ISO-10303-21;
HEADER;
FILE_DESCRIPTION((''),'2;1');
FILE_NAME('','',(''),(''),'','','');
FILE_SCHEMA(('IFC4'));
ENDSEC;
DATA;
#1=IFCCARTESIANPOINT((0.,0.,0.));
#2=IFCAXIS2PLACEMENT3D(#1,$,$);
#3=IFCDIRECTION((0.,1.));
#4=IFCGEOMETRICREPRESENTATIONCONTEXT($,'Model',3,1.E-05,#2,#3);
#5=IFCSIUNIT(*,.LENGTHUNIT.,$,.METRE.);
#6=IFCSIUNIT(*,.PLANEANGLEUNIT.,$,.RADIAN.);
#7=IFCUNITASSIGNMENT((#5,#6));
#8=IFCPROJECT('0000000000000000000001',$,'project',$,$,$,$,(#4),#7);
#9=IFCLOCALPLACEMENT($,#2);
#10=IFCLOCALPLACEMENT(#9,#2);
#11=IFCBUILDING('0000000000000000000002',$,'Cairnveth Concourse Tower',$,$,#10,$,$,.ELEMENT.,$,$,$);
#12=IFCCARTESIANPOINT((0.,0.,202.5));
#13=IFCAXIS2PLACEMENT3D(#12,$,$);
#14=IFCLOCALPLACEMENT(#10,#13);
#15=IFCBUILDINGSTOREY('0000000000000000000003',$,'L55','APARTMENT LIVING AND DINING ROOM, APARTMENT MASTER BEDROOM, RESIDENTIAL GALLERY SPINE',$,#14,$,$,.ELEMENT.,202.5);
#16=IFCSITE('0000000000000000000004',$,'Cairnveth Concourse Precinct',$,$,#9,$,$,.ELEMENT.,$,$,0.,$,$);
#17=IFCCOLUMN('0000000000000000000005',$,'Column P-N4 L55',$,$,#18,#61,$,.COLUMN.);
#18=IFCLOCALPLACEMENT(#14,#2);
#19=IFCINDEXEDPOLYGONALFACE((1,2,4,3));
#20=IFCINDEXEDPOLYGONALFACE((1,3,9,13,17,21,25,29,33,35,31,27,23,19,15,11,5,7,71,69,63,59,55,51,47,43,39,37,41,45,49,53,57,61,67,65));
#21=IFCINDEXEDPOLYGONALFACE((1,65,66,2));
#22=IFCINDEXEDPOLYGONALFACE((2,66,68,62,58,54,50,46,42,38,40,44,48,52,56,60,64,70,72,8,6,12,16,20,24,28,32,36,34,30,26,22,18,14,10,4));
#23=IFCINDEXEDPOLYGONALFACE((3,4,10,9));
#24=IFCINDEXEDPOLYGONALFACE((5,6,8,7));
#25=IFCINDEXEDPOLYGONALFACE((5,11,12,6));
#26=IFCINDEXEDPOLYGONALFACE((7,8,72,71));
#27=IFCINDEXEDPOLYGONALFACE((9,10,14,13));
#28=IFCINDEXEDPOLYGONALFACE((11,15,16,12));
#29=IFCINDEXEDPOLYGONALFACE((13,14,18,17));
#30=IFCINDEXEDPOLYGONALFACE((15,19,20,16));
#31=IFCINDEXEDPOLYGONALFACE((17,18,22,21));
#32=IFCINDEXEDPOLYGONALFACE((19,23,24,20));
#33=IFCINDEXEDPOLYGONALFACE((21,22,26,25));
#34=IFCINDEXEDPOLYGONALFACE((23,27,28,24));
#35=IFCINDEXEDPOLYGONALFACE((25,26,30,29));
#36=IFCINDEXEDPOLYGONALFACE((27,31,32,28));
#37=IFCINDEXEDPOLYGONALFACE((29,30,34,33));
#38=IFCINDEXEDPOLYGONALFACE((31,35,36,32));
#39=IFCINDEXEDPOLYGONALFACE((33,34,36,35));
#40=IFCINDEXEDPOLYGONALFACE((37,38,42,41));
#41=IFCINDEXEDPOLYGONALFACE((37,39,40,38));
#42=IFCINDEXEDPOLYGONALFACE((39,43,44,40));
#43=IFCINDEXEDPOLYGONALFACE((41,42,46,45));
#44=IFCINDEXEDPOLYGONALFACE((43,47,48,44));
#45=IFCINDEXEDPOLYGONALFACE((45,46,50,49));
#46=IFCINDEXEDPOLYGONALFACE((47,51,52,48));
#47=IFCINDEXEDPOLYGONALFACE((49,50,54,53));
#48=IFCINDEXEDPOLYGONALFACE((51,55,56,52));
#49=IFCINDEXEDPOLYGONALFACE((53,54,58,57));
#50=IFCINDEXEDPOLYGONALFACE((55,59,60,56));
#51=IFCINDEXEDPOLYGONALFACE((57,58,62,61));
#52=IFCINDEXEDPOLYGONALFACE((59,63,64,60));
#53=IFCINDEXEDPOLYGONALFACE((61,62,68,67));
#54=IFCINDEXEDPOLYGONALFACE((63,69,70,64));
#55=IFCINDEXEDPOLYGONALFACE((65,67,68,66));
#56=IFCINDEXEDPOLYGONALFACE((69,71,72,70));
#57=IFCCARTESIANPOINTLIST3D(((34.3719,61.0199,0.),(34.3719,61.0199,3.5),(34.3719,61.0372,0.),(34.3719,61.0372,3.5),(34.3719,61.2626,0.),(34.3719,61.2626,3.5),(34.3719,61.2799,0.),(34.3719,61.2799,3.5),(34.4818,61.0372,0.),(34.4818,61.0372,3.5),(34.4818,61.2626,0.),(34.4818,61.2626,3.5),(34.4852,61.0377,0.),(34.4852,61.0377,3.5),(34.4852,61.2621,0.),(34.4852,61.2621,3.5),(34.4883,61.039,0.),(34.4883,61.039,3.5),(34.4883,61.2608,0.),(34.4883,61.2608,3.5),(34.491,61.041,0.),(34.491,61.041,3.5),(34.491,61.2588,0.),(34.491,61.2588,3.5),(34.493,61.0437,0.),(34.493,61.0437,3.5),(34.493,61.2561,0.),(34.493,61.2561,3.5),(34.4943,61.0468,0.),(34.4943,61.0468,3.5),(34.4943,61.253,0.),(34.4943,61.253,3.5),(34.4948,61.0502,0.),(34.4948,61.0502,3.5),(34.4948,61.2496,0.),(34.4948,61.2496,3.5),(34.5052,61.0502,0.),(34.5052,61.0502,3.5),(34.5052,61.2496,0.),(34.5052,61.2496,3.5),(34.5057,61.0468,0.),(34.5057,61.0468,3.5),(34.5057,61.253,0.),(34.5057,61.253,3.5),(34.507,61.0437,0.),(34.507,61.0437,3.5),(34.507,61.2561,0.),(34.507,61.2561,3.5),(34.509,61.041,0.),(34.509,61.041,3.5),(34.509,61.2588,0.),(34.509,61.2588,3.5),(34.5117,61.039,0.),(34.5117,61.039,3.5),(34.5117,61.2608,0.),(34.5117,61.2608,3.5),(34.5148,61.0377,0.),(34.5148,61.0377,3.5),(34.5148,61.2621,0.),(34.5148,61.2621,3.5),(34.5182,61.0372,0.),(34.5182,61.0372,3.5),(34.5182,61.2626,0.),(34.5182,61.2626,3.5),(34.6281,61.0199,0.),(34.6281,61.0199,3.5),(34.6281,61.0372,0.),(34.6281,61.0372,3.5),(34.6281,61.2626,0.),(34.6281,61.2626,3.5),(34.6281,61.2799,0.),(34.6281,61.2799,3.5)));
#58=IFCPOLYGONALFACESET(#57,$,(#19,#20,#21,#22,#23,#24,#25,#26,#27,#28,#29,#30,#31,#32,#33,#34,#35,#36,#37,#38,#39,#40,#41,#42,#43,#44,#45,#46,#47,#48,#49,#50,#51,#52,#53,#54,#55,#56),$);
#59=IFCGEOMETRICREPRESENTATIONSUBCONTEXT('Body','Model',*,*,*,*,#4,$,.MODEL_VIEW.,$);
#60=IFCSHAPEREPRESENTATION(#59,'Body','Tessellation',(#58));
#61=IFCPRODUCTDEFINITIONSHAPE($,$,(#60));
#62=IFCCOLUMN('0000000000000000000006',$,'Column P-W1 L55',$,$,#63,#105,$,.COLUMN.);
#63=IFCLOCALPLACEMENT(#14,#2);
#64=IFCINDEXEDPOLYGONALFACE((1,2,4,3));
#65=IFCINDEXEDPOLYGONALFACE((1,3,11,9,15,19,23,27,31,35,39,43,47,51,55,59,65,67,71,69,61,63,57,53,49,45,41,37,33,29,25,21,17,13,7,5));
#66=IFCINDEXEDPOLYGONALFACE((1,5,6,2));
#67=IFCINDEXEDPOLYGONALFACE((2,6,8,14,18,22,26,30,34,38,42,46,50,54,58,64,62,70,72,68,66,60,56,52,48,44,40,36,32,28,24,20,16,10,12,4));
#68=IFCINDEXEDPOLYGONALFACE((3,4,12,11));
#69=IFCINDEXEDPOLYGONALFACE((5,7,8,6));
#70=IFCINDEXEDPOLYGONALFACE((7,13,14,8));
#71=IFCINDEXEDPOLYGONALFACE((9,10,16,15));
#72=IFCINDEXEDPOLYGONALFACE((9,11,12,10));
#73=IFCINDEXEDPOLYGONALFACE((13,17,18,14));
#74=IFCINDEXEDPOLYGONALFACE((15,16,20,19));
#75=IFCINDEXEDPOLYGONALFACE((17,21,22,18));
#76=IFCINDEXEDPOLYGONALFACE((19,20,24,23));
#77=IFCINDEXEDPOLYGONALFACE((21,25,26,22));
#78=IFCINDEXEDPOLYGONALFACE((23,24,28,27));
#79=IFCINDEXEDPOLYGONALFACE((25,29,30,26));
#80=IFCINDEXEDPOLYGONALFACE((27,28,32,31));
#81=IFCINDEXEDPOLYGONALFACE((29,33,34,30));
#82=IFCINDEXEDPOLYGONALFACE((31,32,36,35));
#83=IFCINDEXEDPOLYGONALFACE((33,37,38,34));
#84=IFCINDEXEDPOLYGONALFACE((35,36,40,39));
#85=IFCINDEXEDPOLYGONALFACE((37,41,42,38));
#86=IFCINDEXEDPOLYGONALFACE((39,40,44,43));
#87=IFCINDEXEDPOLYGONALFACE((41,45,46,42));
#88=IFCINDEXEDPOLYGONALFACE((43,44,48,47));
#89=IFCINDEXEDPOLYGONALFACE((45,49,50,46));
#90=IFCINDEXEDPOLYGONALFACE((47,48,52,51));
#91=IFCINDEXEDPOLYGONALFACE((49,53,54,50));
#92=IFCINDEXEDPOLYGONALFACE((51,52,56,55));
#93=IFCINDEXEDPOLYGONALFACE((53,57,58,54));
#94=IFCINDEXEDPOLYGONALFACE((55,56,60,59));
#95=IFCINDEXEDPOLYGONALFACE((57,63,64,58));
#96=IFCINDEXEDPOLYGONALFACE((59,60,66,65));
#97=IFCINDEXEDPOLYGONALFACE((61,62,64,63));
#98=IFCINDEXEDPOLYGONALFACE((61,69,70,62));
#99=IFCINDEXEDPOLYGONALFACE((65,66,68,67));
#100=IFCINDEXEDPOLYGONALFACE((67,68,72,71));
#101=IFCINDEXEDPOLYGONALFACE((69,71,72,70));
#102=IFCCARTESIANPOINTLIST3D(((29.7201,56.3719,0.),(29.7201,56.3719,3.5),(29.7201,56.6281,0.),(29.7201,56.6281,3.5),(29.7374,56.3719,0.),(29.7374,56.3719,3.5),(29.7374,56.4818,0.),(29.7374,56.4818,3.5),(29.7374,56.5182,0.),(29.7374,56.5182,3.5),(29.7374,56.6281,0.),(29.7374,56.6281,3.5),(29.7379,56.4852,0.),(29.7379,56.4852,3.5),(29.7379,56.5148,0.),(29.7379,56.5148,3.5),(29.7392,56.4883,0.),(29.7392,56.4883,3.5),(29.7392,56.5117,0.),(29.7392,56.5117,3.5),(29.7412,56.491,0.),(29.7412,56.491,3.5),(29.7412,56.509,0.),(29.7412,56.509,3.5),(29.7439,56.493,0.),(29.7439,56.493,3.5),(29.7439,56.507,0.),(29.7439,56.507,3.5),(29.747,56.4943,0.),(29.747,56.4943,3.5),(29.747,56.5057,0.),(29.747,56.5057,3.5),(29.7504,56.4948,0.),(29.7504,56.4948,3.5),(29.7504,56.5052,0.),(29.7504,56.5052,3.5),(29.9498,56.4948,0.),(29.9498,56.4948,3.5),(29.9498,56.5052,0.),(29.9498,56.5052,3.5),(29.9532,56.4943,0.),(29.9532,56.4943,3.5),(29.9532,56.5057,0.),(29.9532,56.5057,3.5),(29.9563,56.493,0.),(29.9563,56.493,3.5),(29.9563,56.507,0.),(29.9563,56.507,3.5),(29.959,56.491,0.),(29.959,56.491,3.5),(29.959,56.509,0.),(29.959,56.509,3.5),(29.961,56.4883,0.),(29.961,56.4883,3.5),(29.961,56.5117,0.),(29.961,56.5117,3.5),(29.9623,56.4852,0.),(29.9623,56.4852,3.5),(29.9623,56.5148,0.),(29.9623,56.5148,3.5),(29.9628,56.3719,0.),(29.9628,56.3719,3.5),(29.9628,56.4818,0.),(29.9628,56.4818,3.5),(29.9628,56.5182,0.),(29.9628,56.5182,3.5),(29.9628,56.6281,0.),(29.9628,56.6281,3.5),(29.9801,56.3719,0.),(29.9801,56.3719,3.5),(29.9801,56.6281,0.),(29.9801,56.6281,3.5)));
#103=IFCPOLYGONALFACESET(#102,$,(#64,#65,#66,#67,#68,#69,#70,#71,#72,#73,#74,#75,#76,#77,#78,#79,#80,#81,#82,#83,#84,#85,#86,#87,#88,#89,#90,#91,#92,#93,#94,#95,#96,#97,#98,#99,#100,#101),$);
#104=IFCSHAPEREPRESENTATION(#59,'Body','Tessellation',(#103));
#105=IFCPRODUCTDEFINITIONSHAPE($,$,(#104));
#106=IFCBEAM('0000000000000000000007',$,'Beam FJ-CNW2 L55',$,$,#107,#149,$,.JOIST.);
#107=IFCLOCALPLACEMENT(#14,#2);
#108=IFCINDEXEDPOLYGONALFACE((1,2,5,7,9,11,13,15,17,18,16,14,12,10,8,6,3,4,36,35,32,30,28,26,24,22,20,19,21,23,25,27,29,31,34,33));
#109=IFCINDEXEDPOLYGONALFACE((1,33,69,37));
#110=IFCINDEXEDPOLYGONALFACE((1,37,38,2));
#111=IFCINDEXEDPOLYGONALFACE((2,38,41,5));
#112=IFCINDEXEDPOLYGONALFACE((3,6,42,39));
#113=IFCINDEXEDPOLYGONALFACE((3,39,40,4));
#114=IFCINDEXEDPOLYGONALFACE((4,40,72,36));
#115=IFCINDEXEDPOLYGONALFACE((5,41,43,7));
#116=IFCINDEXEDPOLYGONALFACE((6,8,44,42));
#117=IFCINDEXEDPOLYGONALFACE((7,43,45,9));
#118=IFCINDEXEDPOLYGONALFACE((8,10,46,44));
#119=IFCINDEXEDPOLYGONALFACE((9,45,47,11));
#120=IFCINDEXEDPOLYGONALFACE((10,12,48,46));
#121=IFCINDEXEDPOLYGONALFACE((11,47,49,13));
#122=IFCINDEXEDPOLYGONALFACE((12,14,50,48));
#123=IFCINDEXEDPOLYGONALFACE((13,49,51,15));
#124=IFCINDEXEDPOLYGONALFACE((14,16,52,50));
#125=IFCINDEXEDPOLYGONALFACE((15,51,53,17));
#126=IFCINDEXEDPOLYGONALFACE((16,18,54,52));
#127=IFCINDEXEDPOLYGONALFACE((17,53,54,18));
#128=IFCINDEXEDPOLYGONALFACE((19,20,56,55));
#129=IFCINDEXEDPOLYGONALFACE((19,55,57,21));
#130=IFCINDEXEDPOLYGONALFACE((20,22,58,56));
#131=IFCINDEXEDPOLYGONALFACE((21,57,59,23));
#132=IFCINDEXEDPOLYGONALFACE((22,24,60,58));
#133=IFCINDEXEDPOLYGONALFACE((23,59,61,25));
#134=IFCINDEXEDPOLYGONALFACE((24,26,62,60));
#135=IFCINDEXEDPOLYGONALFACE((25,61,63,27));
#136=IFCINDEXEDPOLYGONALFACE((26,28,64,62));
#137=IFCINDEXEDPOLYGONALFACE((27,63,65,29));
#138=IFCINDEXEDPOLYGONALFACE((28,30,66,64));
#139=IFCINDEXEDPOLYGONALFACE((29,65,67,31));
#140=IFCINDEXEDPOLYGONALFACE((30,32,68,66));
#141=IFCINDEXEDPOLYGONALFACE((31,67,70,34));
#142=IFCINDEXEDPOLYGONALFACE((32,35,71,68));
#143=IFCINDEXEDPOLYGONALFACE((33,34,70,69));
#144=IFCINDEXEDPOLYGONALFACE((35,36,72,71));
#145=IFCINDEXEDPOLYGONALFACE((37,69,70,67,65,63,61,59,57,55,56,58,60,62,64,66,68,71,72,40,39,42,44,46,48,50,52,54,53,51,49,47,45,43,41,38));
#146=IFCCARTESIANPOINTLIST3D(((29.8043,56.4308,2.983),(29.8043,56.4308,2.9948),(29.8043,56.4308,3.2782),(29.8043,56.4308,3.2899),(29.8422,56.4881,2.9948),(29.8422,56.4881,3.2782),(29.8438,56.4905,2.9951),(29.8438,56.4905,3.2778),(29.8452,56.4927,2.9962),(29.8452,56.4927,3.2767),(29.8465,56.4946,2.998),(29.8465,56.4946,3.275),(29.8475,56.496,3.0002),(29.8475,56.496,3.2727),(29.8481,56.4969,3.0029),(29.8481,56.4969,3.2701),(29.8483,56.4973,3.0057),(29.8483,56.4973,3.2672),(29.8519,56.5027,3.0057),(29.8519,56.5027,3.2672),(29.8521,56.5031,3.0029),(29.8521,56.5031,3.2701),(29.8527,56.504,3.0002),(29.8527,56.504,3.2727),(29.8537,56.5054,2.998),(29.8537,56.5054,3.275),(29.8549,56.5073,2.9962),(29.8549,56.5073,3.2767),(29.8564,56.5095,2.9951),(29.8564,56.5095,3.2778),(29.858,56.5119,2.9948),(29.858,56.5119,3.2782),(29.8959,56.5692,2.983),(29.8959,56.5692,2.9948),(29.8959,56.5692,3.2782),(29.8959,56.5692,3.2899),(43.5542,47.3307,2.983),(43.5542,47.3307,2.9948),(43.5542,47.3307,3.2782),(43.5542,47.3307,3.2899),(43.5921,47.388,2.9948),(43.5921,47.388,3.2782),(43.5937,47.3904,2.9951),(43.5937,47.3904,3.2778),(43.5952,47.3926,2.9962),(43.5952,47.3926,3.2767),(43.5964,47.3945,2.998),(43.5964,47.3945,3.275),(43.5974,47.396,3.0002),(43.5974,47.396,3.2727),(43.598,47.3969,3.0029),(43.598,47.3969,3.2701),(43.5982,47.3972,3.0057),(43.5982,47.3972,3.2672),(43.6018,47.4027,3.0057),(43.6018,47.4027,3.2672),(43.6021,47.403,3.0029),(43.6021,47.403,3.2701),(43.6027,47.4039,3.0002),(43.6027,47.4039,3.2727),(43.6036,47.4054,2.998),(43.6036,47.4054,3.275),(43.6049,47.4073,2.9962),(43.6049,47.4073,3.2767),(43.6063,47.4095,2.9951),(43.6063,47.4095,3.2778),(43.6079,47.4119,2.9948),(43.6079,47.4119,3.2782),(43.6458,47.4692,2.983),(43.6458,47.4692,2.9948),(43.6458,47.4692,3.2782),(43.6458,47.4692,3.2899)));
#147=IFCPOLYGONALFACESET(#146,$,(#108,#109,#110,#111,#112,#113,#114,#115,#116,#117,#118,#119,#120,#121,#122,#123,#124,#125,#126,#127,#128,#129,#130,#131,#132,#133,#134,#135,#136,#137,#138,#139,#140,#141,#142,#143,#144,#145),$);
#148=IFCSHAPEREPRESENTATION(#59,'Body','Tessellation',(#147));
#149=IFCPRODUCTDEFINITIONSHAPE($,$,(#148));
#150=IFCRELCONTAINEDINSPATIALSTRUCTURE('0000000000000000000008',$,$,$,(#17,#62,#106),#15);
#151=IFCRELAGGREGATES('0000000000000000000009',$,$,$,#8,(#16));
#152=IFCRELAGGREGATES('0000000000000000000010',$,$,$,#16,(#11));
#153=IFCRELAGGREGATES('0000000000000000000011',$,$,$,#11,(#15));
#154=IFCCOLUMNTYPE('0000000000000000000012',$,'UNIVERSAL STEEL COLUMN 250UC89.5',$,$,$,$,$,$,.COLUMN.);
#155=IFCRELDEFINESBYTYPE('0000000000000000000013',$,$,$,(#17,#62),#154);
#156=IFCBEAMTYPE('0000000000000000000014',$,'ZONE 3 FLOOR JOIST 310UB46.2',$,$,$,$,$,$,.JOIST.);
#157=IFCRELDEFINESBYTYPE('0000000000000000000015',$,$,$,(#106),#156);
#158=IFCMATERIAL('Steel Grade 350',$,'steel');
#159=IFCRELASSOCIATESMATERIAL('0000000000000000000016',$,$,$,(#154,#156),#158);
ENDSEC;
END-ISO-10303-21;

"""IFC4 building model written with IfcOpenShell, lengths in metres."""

from ifc_helpers import new_model, si_unit, direction, frame, origin, origin_2d, place, context, subcontext, project, spatial, i_section, extrude, material, material_profile, profile_set, type_object, element, save


model = new_model("IFC4")

# Units and contexts
model_context = context("Model", 3, precision=1e-05, world=origin(), true_north=direction((0.0, 1.0)))
body_context = subcontext(model_context, "Body", "Model", "MODEL_VIEW")
ifc_project = project(units=[si_unit("LENGTHUNIT", "METRE"), si_unit("PLANEANGLEUNIT", "RADIAN")], contexts=[model_context])

# Site, building, storey
site_placement = place(None, origin())
site = spatial("IfcSite", under=ifc_project, at=site_placement, Name="Cairnveth Concourse Precinct", CompositionType="ELEMENT", RefElevation=0.0)
building_placement = place(site_placement, origin())
building = spatial("IfcBuilding", under=site, at=building_placement, Name="Cairnveth Concourse Tower", CompositionType="ELEMENT")
storey_placement = place(building_placement, frame((0.0, 0.0, 202.5)))
storey = spatial("IfcBuildingStorey", under=building, at=storey_placement, Name="L55", Description="APARTMENT LIVING AND DINING ROOM, APARTMENT MASTER BEDROOM, RESIDENTIAL GALLERY SPINE", CompositionType="ELEMENT", Elevation=202.5)

# Columns
ifc_material_1 = material(Name="Steel Grade 350", Category="steel")
ifc_material_profile_1 = material_profile(ifc_material_1, i_section(OverallWidth=0.2561, OverallDepth=0.26, WebThickness=0.0105, FlangeThickness=0.0173, FilletRadius=0.0129, at=origin_2d()), Name="250UC89.5")
ifc_profile_set_1 = profile_set([ifc_material_profile_1], Name="Steel Grade 350")
column_type = type_object("IfcColumnType", Name="UNIVERSAL STEEL COLUMN 250UC89.5", PredefinedType="COLUMN", material=ifc_profile_set_1)
for number, where, z_axis, x_axis, name in (
    (1, (34.5, 61.1499, 0.0), (0.0, 0.0, 1.0), (1.0, 0.0, 0.0), "Column P-N4 L55"),
    (2, (29.8501, 56.5, 0.0), (0.0, 0.0, 1.0), (0.0, 1.0, 0.0), "Column P-W1 L55"),
):
    element("IfcColumn", number, at=place(storey_placement, frame(where, z_axis=z_axis, x_axis=x_axis)), inside=storey, type_object=column_type, Name=name, PredefinedType="COLUMN", context=body_context, shape_type="SweptSolid", body=[
        extrude(i_section(OverallWidth=0.2561, OverallDepth=0.26, WebThickness=0.0105, FlangeThickness=0.0173, FilletRadius=0.0129, at=origin_2d()), origin(), (0.0, 0.0, 1.0), 3.5),
    ])

# Beam
ifc_material_profile_2 = material_profile(ifc_material_1, i_section(OverallWidth=0.166, OverallDepth=0.3069, WebThickness=0.0066, FlangeThickness=0.0117, FilletRadius=0.011, at=origin_2d()), Name="310UB46.2")
ifc_profile_set_2 = profile_set([ifc_material_profile_2], Name="Steel Grade 350")
beam_type_1 = type_object("IfcBeamType", Name="ZONE 3 FLOOR JOIST 310UB46.2", PredefinedType="JOIST", material=ifc_profile_set_2)
beam_1_placement = place(storey_placement, frame((29.8501, 56.5, 3.1365), z_axis=(0.833909, -0.551902, 0.0), x_axis=(0.551902, 0.833909, 0.0)))
element("IfcBeam", 3, at=beam_1_placement, inside=storey, type_object=beam_type_1, Name="Beam FJ-CNW2 L55", PredefinedType="JOIST", context=body_context, shape_type="SweptSolid", body=[
    extrude(i_section(OverallWidth=0.166, OverallDepth=0.3069, WebThickness=0.0066, FlangeThickness=0.0117, FilletRadius=0.011, at=origin_2d()), origin(), (0.0, 0.0, 1.0), 16.4885),
])

save(model, "model.ifc")
